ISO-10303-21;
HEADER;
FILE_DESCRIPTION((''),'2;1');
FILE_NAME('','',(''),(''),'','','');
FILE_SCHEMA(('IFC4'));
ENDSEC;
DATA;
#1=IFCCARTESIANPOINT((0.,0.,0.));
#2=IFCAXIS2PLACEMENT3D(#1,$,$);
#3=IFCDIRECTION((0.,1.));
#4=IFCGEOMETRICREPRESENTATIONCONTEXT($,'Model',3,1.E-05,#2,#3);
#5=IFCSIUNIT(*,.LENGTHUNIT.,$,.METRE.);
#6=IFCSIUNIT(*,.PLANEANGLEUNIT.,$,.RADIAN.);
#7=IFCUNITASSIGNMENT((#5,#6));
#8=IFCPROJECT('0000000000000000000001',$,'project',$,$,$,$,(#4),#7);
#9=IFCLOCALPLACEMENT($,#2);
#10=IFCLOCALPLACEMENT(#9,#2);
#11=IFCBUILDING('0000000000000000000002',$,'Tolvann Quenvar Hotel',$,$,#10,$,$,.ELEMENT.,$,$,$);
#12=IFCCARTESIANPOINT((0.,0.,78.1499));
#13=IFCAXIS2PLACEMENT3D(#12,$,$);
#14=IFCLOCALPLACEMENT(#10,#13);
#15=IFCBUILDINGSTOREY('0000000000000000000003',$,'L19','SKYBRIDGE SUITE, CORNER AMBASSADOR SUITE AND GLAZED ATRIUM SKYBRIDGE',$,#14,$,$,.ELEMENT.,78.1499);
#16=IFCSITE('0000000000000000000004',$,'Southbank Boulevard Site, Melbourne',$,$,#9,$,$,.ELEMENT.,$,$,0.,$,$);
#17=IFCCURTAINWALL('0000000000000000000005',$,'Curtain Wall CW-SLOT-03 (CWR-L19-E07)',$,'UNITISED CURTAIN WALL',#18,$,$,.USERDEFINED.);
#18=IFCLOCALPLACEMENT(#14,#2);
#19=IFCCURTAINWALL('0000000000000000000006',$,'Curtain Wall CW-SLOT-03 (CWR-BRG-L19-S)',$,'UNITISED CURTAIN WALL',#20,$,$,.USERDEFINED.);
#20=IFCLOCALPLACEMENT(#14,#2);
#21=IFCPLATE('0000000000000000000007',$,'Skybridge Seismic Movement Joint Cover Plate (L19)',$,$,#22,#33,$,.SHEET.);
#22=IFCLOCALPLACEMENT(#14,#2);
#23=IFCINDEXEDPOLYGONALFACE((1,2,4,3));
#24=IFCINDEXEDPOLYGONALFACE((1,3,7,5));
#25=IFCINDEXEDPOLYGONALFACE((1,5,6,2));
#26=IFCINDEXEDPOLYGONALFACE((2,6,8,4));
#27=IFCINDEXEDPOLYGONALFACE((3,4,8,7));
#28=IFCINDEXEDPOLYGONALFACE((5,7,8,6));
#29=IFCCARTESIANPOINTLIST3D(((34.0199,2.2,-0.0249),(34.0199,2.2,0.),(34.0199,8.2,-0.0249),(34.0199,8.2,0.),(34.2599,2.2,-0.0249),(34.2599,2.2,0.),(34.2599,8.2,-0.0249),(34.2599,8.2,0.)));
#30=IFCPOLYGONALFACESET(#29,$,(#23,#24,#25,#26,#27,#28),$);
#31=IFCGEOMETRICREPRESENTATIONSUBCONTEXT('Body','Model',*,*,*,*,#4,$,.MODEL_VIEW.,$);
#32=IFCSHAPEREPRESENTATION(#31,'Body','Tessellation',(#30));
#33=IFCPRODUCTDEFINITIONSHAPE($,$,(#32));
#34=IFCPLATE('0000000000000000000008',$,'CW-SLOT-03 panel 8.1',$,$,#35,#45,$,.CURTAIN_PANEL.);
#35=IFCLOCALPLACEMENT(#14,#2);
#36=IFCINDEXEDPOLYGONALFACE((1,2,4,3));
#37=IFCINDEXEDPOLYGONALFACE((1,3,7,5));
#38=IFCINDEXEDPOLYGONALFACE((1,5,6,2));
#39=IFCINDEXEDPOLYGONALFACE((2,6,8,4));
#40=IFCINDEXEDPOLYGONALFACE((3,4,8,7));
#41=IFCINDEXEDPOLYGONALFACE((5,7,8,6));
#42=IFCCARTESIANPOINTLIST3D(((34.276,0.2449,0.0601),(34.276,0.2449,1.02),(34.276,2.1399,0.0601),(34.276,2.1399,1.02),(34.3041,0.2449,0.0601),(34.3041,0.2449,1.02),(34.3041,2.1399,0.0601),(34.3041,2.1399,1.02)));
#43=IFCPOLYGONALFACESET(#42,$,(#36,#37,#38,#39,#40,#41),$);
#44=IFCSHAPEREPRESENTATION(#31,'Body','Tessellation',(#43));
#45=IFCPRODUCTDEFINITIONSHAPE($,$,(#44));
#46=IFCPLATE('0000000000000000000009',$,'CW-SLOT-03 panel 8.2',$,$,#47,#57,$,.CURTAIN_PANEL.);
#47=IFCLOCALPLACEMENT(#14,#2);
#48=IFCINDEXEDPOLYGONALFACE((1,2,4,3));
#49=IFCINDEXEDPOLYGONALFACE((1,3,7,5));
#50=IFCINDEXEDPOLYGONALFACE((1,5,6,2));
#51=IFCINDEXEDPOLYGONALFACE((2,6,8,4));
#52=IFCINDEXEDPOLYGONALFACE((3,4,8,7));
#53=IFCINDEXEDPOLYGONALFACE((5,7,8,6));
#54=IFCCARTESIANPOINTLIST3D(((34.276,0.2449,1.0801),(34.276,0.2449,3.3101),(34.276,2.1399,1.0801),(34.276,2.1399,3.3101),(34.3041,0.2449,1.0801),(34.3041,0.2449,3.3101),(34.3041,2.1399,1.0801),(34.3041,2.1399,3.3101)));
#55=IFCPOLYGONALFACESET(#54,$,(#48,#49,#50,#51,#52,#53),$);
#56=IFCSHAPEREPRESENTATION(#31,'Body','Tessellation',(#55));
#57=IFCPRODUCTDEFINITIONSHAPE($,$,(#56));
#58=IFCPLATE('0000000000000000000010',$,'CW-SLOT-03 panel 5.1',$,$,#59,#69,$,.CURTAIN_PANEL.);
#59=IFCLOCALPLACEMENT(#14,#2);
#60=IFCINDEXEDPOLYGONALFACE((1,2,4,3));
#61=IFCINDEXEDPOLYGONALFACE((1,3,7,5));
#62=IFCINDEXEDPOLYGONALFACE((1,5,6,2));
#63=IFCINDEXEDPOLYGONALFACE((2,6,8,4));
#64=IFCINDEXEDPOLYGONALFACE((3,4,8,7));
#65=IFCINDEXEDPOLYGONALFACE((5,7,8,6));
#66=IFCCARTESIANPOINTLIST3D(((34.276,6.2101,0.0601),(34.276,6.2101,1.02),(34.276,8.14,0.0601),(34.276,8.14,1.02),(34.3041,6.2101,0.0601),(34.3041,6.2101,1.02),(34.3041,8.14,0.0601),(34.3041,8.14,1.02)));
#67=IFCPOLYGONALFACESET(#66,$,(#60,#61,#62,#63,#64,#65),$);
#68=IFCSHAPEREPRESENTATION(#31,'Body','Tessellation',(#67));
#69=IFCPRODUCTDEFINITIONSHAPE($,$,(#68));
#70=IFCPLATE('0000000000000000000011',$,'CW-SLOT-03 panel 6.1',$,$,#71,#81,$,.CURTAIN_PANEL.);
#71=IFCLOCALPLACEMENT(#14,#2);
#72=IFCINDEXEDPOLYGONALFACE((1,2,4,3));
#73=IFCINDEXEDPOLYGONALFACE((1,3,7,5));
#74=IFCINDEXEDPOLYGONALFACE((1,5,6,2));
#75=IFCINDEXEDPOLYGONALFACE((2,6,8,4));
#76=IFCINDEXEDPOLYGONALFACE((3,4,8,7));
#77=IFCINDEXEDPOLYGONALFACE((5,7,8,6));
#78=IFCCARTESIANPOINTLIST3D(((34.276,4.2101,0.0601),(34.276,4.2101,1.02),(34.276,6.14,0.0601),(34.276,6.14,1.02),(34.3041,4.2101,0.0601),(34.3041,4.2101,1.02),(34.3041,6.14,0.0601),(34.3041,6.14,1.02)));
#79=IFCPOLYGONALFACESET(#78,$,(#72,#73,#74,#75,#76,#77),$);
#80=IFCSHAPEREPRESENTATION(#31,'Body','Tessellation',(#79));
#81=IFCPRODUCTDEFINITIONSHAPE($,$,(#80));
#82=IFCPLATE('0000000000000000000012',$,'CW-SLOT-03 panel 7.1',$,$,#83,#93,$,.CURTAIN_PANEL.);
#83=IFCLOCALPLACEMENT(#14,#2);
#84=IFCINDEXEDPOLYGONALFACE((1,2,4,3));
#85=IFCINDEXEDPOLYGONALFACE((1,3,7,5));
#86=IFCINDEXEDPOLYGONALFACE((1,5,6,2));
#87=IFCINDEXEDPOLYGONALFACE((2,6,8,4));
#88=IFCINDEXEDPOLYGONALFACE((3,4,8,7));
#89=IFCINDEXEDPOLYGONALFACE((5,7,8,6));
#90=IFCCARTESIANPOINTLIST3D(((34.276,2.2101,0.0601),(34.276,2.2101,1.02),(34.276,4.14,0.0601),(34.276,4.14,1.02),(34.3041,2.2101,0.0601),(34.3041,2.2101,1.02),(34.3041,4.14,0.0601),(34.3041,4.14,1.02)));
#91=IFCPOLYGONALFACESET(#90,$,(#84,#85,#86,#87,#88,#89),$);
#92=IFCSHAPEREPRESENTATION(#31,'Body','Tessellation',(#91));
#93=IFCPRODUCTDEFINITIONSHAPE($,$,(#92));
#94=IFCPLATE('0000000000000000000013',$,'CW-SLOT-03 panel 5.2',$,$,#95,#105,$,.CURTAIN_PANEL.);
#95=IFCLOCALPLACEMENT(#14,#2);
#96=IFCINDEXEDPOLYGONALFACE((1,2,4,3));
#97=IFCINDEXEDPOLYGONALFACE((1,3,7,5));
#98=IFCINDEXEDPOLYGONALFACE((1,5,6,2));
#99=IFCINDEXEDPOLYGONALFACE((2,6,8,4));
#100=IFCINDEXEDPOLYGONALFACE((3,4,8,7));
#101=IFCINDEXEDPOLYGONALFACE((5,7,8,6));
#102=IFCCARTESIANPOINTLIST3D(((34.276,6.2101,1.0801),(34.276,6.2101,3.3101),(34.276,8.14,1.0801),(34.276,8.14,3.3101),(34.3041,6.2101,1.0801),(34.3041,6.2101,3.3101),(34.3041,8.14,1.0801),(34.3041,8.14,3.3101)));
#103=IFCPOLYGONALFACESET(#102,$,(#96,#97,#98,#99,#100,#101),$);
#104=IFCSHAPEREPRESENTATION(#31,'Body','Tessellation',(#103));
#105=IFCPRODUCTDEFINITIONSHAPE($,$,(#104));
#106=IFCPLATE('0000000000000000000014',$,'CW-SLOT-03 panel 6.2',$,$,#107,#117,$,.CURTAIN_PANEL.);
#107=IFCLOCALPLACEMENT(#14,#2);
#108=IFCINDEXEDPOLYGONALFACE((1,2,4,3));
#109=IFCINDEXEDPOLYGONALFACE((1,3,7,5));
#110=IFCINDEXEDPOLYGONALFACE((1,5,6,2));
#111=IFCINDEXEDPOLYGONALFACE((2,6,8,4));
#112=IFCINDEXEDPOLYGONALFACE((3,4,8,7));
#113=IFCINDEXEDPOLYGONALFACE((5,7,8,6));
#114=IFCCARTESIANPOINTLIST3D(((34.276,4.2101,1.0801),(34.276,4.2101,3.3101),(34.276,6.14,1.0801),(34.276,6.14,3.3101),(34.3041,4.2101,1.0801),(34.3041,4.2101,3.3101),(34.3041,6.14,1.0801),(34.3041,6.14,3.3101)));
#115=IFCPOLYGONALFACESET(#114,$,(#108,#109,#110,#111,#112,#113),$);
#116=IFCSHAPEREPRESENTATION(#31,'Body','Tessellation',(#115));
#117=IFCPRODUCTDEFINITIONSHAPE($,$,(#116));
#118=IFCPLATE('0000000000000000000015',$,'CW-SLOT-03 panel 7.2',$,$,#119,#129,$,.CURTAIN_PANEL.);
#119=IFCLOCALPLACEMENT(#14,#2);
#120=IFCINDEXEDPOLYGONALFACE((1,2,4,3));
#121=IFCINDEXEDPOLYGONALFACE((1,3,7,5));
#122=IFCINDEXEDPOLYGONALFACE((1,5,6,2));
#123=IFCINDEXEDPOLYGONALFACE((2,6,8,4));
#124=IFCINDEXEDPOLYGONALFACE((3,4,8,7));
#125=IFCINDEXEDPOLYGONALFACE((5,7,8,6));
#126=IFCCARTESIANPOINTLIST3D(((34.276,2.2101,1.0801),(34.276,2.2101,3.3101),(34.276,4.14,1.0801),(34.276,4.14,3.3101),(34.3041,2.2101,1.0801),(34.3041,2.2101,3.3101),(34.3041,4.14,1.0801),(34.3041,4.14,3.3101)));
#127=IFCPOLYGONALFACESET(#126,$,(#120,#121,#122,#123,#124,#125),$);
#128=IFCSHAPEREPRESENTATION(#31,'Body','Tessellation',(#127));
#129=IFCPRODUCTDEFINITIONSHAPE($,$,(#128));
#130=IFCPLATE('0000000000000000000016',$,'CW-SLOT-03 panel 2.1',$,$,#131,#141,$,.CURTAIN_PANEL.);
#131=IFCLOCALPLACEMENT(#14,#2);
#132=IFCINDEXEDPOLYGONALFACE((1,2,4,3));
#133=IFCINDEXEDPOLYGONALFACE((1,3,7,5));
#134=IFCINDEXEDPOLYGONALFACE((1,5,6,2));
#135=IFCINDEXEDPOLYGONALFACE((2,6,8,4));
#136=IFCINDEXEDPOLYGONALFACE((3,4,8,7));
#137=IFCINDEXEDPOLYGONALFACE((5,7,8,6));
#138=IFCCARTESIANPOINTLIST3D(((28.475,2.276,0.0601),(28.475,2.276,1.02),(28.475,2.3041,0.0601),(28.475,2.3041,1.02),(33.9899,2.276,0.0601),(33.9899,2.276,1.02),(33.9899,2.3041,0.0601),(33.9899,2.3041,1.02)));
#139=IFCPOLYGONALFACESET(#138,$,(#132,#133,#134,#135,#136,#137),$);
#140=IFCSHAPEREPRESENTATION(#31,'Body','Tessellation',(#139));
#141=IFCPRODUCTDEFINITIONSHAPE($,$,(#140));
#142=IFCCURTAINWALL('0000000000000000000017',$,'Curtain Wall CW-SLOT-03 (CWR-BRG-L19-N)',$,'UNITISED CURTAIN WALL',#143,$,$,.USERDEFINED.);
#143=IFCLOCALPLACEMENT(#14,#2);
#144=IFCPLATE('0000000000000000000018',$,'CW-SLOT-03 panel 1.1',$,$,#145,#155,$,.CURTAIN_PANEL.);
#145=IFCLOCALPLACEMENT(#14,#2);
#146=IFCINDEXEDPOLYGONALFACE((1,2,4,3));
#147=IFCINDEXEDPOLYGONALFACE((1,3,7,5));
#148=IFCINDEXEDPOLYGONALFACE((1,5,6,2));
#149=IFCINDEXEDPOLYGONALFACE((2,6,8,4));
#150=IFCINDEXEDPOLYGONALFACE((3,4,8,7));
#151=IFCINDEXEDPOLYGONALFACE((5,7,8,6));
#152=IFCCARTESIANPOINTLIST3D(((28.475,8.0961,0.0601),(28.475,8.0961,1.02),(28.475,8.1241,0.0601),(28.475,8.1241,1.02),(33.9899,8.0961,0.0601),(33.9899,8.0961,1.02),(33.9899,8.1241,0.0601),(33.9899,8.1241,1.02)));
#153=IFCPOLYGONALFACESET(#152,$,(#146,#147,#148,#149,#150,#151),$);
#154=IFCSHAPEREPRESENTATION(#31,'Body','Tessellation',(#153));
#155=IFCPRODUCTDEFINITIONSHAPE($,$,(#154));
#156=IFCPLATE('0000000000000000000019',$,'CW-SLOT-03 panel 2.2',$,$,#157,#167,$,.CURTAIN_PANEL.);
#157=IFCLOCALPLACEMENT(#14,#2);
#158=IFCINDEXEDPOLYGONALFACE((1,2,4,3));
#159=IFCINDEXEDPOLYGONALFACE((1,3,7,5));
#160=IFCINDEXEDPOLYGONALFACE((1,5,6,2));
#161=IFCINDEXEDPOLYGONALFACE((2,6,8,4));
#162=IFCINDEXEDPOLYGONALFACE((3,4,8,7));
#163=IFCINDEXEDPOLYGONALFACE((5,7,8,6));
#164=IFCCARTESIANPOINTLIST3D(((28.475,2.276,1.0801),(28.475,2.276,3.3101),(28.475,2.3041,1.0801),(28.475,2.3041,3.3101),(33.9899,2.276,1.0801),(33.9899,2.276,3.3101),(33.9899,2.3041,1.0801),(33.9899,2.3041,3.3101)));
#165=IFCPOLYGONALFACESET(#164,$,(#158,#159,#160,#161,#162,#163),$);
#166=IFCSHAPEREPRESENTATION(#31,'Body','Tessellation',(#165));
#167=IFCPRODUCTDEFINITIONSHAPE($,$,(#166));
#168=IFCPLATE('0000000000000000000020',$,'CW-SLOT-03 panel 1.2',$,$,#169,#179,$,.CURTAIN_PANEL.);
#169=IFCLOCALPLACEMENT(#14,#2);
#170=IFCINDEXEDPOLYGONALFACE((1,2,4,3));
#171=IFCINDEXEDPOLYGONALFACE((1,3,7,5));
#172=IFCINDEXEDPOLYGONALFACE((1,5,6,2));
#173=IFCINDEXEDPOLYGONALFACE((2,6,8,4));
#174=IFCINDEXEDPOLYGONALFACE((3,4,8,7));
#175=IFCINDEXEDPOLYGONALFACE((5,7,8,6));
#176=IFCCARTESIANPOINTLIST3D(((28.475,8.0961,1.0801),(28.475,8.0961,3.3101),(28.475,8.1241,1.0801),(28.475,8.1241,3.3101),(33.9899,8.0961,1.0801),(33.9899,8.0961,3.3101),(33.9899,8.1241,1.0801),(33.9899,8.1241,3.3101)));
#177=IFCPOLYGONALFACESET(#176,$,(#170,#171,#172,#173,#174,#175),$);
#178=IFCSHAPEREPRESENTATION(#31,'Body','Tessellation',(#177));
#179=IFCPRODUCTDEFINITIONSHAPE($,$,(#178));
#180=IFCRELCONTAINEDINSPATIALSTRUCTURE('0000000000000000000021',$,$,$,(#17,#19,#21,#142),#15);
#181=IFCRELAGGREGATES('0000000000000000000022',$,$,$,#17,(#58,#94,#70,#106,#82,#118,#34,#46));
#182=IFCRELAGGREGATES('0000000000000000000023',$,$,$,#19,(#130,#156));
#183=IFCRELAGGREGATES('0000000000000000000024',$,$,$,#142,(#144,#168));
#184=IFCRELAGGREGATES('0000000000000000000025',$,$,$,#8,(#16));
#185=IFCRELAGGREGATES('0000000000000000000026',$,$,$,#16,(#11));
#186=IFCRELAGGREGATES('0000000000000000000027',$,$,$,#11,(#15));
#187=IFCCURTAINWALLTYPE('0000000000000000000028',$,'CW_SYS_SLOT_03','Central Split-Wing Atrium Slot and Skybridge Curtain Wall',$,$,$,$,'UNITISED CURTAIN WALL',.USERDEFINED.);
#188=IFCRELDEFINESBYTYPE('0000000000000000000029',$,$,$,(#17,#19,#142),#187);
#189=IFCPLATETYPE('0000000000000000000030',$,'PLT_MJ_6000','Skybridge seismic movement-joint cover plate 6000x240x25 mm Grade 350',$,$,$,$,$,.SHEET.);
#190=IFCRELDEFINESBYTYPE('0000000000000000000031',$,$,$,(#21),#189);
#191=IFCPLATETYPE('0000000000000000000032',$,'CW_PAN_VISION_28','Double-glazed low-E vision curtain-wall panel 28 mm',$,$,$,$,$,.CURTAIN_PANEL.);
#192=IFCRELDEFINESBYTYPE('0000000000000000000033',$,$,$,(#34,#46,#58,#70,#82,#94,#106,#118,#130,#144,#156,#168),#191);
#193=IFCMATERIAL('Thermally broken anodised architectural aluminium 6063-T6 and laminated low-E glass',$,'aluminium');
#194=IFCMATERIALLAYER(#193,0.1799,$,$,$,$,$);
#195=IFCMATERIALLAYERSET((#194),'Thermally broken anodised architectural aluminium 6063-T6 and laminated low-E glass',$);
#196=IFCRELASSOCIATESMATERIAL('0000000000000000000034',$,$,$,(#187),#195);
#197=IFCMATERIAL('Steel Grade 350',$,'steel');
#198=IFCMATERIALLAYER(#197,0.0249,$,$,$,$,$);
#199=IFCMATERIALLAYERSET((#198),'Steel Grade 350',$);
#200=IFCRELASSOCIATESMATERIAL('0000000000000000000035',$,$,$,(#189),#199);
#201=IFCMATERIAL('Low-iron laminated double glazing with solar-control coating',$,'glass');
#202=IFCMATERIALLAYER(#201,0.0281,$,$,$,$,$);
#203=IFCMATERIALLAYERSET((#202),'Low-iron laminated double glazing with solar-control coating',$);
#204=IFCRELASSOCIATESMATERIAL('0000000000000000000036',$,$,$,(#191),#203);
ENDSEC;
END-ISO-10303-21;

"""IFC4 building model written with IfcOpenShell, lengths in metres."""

from ifc_helpers import new_model, si_unit, direction, frame, origin, origin_2d, place, context, subcontext, project, spatial, rectangle, extrude, source, transform, mapped, material, layer, layer_set, type_object, type_shapes, element, aggregate, save


model = new_model("IFC4")

# Units and contexts
model_context = context("Model", 3, precision=1e-05, world=origin(), true_north=direction((0.0, 1.0)))
body_context = subcontext(model_context, "Body", "Model", "MODEL_VIEW")
ifc_project = project(units=[si_unit("LENGTHUNIT", "METRE"), si_unit("PLANEANGLEUNIT", "RADIAN")], contexts=[model_context])

# Site, building, storey
site_placement = place(None, origin())
site = spatial("IfcSite", under=ifc_project, at=site_placement, Name="Southbank Boulevard Site, Melbourne", CompositionType="ELEMENT", RefElevation=0.0)
building_placement = place(site_placement, origin())
building = spatial("IfcBuilding", under=site, at=building_placement, Name="Tolvann Quenvar Hotel", CompositionType="ELEMENT")
storey_placement = place(building_placement, frame((0.0, 0.0, 78.1499)))
storey = spatial("IfcBuildingStorey", under=building, at=storey_placement, Name="L19", Description="SKYBRIDGE SUITE, CORNER AMBASSADOR SUITE AND GLAZED ATRIUM SKYBRIDGE", CompositionType="ELEMENT", Elevation=78.1499)

# Shared definitions
ifc_material_1 = material(Name="Steel Grade 350", Category="steel")

# Curtain wall
ifc_material_2 = material(Name="Thermally broken anodised architectural aluminium 6063-T6 and laminated low-E glass", Category="aluminium")
ifc_layer_1 = layer(ifc_material_2, 0.1799)
ifc_layer_set_1 = layer_set([ifc_layer_1], Name="Thermally broken anodised architectural aluminium 6063-T6 and laminated low-E glass")
curtain_wall_type = type_object("IfcCurtainWallType", Name="CW_SYS_SLOT_03", Description="Central Split-Wing Atrium Slot and Skybridge Curtain Wall", ElementType="UNITISED CURTAIN WALL", PredefinedType="USERDEFINED", material=ifc_layer_set_1)
curtain_wall_1_placement = place(storey_placement, origin())
curtain_wall_1 = element("IfcCurtainWall", 1, at=curtain_wall_1_placement, inside=storey, type_object=curtain_wall_type, Name="Curtain Wall CW-SLOT-03 (CWR-L19-E07)", ObjectType="UNITISED CURTAIN WALL", PredefinedType="USERDEFINED")

# Curtain wall
curtain_wall_2_placement = place(storey_placement, origin())
curtain_wall_2 = element("IfcCurtainWall", 2, at=curtain_wall_2_placement, inside=storey, type_object=curtain_wall_type, Name="Curtain Wall CW-SLOT-03 (CWR-BRG-L19-S)", ObjectType="UNITISED CURTAIN WALL", PredefinedType="USERDEFINED")

# Plates
ifc_layer_2 = layer(ifc_material_1, 0.0249)
ifc_layer_set_2 = layer_set([ifc_layer_2], Name="Steel Grade 350")
plate_type_1 = type_object("IfcPlateType", Name="PLT_MJ_6000", Description="Skybridge seismic movement-joint cover plate 6000x240x25 mm Grade 350", PredefinedType="SHEET", material=ifc_layer_set_2)
shared_shape_1 = source(origin(), body_context, "Body", "SweptSolid", [
    extrude(rectangle(XDim=0.24, YDim=6.0, at=origin_2d()), origin(), (0.0, 0.0, 1.0), 0.0249),
])
type_shapes(plate_type_1, [shared_shape_1])
plate_1_placement = place(storey_placement, frame((34.1399, 5.2, -0.0249), z_axis=(0.0, 0.0, 1.0), x_axis=(1.0, 0.0, 0.0)))
element("IfcPlate", 3, at=plate_1_placement, inside=storey, type_object=plate_type_1, Name="Skybridge Seismic Movement Joint Cover Plate (L19)", PredefinedType="SHEET", context=body_context, shape_type="MappedRepresentation", body=[
    mapped(shared_shape_1, transform((0.0, 0.0, 0.0), x_axis=(1.0, 0.0, 0.0), y_axis=(0.0, 1.0, 0.0), z_axis=(0.0, 0.0, 1.0), scale=1.0)),
])
ifc_material_3 = material(Name="Low-iron laminated double glazing with solar-control coating", Category="glass")
ifc_layer_3 = layer(ifc_material_3, 0.0281)
ifc_layer_set_3 = layer_set([ifc_layer_3], Name="Low-iron laminated double glazing with solar-control coating")
plate_type_2 = type_object("IfcPlateType", Name="CW_PAN_VISION_28", Description="Double-glazed low-E vision curtain-wall panel 28 mm", PredefinedType="CURTAIN_PANEL", material=ifc_layer_set_3)
shared_shape_2 = source(origin(), body_context, "Body", "SweptSolid", [
    extrude(rectangle(XDim=1.895, YDim=0.0281, at=origin_2d()), origin(), (0.0, 0.0, 1.0), 0.96),
])
plate_2_placement = place(storey_placement, frame((34.29, 1.1924, 0.0601), z_axis=(0.0, 0.0, 1.0), x_axis=(0.0, -1.0, 0.0)))
plate_2 = element("IfcPlate", 4, at=plate_2_placement, type_object=plate_type_2, Name="CW-SLOT-03 panel 8.1", PredefinedType="CURTAIN_PANEL", context=body_context, shape_type="MappedRepresentation", body=[
    mapped(shared_shape_2, transform((0.0, 0.0, 0.0), x_axis=(1.0, 0.0, 0.0), y_axis=(0.0, 1.0, 0.0), z_axis=(0.0, 0.0, 1.0), scale=1.0)),
])
shared_shape_3 = source(origin(), body_context, "Body", "SweptSolid", [
    extrude(rectangle(XDim=1.895, YDim=0.0281, at=origin_2d()), origin(), (0.0, 0.0, 1.0), 2.23),
])
plate_3_placement = place(storey_placement, frame((34.29, 1.1924, 1.0801), z_axis=(0.0, 0.0, 1.0), x_axis=(0.0, -1.0, 0.0)))
plate_3 = element("IfcPlate", 5, at=plate_3_placement, type_object=plate_type_2, Name="CW-SLOT-03 panel 8.2", PredefinedType="CURTAIN_PANEL", context=body_context, shape_type="MappedRepresentation", body=[
    mapped(shared_shape_3, transform((0.0, 0.0, 0.0), x_axis=(1.0, 0.0, 0.0), y_axis=(0.0, 1.0, 0.0), z_axis=(0.0, 0.0, 1.0), scale=1.0)),
])
shared_shape_4 = source(origin(), body_context, "Body", "SweptSolid", [
    extrude(rectangle(XDim=1.9299, YDim=0.0281, at=origin_2d()), origin(), (0.0, 0.0, 1.0), 0.96),
])
plate_4_placement = place(storey_placement, frame((34.29, 7.175, 0.0601), z_axis=(0.0, 0.0, 1.0), x_axis=(0.0, -1.0, 0.0)))
plate_4 = element("IfcPlate", 6, at=plate_4_placement, type_object=plate_type_2, Name="CW-SLOT-03 panel 5.1", PredefinedType="CURTAIN_PANEL", context=body_context, shape_type="MappedRepresentation", body=[
    mapped(shared_shape_4, transform((0.0, 0.0, 0.0), x_axis=(1.0, 0.0, 0.0), y_axis=(0.0, 1.0, 0.0), z_axis=(0.0, 0.0, 1.0), scale=1.0)),
])
plate_5_placement = place(storey_placement, frame((34.29, 5.175, 0.0601), z_axis=(0.0, 0.0, 1.0), x_axis=(0.0, -1.0, 0.0)))
plate_5 = element("IfcPlate", 7, at=plate_5_placement, type_object=plate_type_2, Name="CW-SLOT-03 panel 6.1", PredefinedType="CURTAIN_PANEL", context=body_context, shape_type="MappedRepresentation", body=[
    mapped(shared_shape_4, transform((0.0, 0.0, 0.0), x_axis=(1.0, 0.0, 0.0), y_axis=(0.0, 1.0, 0.0), z_axis=(0.0, 0.0, 1.0), scale=1.0)),
])
plate_6_placement = place(storey_placement, frame((34.29, 3.175, 0.0601), z_axis=(0.0, 0.0, 1.0), x_axis=(0.0, -1.0, 0.0)))
plate_6 = element("IfcPlate", 8, at=plate_6_placement, type_object=plate_type_2, Name="CW-SLOT-03 panel 7.1", PredefinedType="CURTAIN_PANEL", context=body_context, shape_type="MappedRepresentation", body=[
    mapped(shared_shape_4, transform((0.0, 0.0, 0.0), x_axis=(1.0, 0.0, 0.0), y_axis=(0.0, 1.0, 0.0), z_axis=(0.0, 0.0, 1.0), scale=1.0)),
])
shared_shape_5 = source(origin(), body_context, "Body", "SweptSolid", [
    extrude(rectangle(XDim=1.9299, YDim=0.0281, at=origin_2d()), origin(), (0.0, 0.0, 1.0), 2.23),
])
plate_7_placement = place(storey_placement, frame((34.29, 7.175, 1.0801), z_axis=(0.0, 0.0, 1.0), x_axis=(0.0, -1.0, 0.0)))
plate_7 = element("IfcPlate", 9, at=plate_7_placement, type_object=plate_type_2, Name="CW-SLOT-03 panel 5.2", PredefinedType="CURTAIN_PANEL", context=body_context, shape_type="MappedRepresentation", body=[
    mapped(shared_shape_5, transform((0.0, 0.0, 0.0), x_axis=(1.0, 0.0, 0.0), y_axis=(0.0, 1.0, 0.0), z_axis=(0.0, 0.0, 1.0), scale=1.0)),
])
plate_8_placement = place(storey_placement, frame((34.29, 5.175, 1.0801), z_axis=(0.0, 0.0, 1.0), x_axis=(0.0, -1.0, 0.0)))
plate_8 = element("IfcPlate", 10, at=plate_8_placement, type_object=plate_type_2, Name="CW-SLOT-03 panel 6.2", PredefinedType="CURTAIN_PANEL", context=body_context, shape_type="MappedRepresentation", body=[
    mapped(shared_shape_5, transform((0.0, 0.0, 0.0), x_axis=(1.0, 0.0, 0.0), y_axis=(0.0, 1.0, 0.0), z_axis=(0.0, 0.0, 1.0), scale=1.0)),
])
plate_9_placement = place(storey_placement, frame((34.29, 3.175, 1.0801), z_axis=(0.0, 0.0, 1.0), x_axis=(0.0, -1.0, 0.0)))
plate_9 = element("IfcPlate", 11, at=plate_9_placement, type_object=plate_type_2, Name="CW-SLOT-03 panel 7.2", PredefinedType="CURTAIN_PANEL", context=body_context, shape_type="MappedRepresentation", body=[
    mapped(shared_shape_5, transform((0.0, 0.0, 0.0), x_axis=(1.0, 0.0, 0.0), y_axis=(0.0, 1.0, 0.0), z_axis=(0.0, 0.0, 1.0), scale=1.0)),
])
aggregate(curtain_wall_1, [plate_4, plate_7, plate_5, plate_8, plate_6, plate_9, plate_2, plate_3])
shared_shape_6 = source(origin(), body_context, "Body", "SweptSolid", [
    extrude(rectangle(XDim=5.5149, YDim=0.0281, at=origin_2d()), origin(), (0.0, 0.0, 1.0), 0.96),
])
plate_10_placement = place(storey_placement, frame((31.2324, 2.29, 0.0601), z_axis=(0.0, 0.0, 1.0), x_axis=(1.0, 0.0, 0.0)))
plate_10 = element("IfcPlate", 12, at=plate_10_placement, type_object=plate_type_2, Name="CW-SLOT-03 panel 2.1", PredefinedType="CURTAIN_PANEL", context=body_context, shape_type="MappedRepresentation", body=[
    mapped(shared_shape_6, transform((0.0, 0.0, 0.0), x_axis=(1.0, 0.0, 0.0), y_axis=(0.0, 1.0, 0.0), z_axis=(0.0, 0.0, 1.0), scale=1.0)),
])

# Curtain wall, plate
curtain_wall_3_placement = place(storey_placement, origin())
curtain_wall_3 = element("IfcCurtainWall", 13, at=curtain_wall_3_placement, inside=storey, type_object=curtain_wall_type, Name="Curtain Wall CW-SLOT-03 (CWR-BRG-L19-N)", ObjectType="UNITISED CURTAIN WALL", PredefinedType="USERDEFINED")
plate_11_placement = place(storey_placement, frame((31.2324, 8.1101, 0.0601), z_axis=(0.0, 0.0, 1.0), x_axis=(-1.0, 0.0, 0.0)))
plate_11 = element("IfcPlate", 14, at=plate_11_placement, type_object=plate_type_2, Name="CW-SLOT-03 panel 1.1", PredefinedType="CURTAIN_PANEL", context=body_context, shape_type="MappedRepresentation", body=[
    mapped(shared_shape_6, transform((0.0, 0.0, 0.0), x_axis=(1.0, 0.0, 0.0), y_axis=(0.0, 1.0, 0.0), z_axis=(0.0, 0.0, 1.0), scale=1.0)),
])

# Plates
shared_shape_7 = source(origin(), body_context, "Body", "SweptSolid", [
    extrude(rectangle(XDim=5.5149, YDim=0.0281, at=origin_2d()), origin(), (0.0, 0.0, 1.0), 2.23),
])
type_shapes(plate_type_2, [shared_shape_2, shared_shape_3, shared_shape_4, shared_shape_5, shared_shape_6, shared_shape_7])
plate_12_placement = place(storey_placement, frame((31.2324, 2.29, 1.0801), z_axis=(0.0, 0.0, 1.0), x_axis=(1.0, 0.0, 0.0)))
plate_12 = element("IfcPlate", 15, at=plate_12_placement, type_object=plate_type_2, Name="CW-SLOT-03 panel 2.2", PredefinedType="CURTAIN_PANEL", context=body_context, shape_type="MappedRepresentation", body=[
    mapped(shared_shape_7, transform((0.0, 0.0, 0.0), x_axis=(1.0, 0.0, 0.0), y_axis=(0.0, 1.0, 0.0), z_axis=(0.0, 0.0, 1.0), scale=1.0)),
])
aggregate(curtain_wall_2, [plate_10, plate_12])
plate_13_placement = place(storey_placement, frame((31.2324, 8.1101, 1.0801), z_axis=(0.0, 0.0, 1.0), x_axis=(-1.0, 0.0, 0.0)))
plate_13 = element("IfcPlate", 16, at=plate_13_placement, type_object=plate_type_2, Name="CW-SLOT-03 panel 1.2", PredefinedType="CURTAIN_PANEL", context=body_context, shape_type="MappedRepresentation", body=[
    mapped(shared_shape_7, transform((0.0, 0.0, 0.0), x_axis=(1.0, 0.0, 0.0), y_axis=(0.0, 1.0, 0.0), z_axis=(0.0, 0.0, 1.0), scale=1.0)),
])
aggregate(curtain_wall_3, [plate_11, plate_13])

save(model, "model.ifc")
